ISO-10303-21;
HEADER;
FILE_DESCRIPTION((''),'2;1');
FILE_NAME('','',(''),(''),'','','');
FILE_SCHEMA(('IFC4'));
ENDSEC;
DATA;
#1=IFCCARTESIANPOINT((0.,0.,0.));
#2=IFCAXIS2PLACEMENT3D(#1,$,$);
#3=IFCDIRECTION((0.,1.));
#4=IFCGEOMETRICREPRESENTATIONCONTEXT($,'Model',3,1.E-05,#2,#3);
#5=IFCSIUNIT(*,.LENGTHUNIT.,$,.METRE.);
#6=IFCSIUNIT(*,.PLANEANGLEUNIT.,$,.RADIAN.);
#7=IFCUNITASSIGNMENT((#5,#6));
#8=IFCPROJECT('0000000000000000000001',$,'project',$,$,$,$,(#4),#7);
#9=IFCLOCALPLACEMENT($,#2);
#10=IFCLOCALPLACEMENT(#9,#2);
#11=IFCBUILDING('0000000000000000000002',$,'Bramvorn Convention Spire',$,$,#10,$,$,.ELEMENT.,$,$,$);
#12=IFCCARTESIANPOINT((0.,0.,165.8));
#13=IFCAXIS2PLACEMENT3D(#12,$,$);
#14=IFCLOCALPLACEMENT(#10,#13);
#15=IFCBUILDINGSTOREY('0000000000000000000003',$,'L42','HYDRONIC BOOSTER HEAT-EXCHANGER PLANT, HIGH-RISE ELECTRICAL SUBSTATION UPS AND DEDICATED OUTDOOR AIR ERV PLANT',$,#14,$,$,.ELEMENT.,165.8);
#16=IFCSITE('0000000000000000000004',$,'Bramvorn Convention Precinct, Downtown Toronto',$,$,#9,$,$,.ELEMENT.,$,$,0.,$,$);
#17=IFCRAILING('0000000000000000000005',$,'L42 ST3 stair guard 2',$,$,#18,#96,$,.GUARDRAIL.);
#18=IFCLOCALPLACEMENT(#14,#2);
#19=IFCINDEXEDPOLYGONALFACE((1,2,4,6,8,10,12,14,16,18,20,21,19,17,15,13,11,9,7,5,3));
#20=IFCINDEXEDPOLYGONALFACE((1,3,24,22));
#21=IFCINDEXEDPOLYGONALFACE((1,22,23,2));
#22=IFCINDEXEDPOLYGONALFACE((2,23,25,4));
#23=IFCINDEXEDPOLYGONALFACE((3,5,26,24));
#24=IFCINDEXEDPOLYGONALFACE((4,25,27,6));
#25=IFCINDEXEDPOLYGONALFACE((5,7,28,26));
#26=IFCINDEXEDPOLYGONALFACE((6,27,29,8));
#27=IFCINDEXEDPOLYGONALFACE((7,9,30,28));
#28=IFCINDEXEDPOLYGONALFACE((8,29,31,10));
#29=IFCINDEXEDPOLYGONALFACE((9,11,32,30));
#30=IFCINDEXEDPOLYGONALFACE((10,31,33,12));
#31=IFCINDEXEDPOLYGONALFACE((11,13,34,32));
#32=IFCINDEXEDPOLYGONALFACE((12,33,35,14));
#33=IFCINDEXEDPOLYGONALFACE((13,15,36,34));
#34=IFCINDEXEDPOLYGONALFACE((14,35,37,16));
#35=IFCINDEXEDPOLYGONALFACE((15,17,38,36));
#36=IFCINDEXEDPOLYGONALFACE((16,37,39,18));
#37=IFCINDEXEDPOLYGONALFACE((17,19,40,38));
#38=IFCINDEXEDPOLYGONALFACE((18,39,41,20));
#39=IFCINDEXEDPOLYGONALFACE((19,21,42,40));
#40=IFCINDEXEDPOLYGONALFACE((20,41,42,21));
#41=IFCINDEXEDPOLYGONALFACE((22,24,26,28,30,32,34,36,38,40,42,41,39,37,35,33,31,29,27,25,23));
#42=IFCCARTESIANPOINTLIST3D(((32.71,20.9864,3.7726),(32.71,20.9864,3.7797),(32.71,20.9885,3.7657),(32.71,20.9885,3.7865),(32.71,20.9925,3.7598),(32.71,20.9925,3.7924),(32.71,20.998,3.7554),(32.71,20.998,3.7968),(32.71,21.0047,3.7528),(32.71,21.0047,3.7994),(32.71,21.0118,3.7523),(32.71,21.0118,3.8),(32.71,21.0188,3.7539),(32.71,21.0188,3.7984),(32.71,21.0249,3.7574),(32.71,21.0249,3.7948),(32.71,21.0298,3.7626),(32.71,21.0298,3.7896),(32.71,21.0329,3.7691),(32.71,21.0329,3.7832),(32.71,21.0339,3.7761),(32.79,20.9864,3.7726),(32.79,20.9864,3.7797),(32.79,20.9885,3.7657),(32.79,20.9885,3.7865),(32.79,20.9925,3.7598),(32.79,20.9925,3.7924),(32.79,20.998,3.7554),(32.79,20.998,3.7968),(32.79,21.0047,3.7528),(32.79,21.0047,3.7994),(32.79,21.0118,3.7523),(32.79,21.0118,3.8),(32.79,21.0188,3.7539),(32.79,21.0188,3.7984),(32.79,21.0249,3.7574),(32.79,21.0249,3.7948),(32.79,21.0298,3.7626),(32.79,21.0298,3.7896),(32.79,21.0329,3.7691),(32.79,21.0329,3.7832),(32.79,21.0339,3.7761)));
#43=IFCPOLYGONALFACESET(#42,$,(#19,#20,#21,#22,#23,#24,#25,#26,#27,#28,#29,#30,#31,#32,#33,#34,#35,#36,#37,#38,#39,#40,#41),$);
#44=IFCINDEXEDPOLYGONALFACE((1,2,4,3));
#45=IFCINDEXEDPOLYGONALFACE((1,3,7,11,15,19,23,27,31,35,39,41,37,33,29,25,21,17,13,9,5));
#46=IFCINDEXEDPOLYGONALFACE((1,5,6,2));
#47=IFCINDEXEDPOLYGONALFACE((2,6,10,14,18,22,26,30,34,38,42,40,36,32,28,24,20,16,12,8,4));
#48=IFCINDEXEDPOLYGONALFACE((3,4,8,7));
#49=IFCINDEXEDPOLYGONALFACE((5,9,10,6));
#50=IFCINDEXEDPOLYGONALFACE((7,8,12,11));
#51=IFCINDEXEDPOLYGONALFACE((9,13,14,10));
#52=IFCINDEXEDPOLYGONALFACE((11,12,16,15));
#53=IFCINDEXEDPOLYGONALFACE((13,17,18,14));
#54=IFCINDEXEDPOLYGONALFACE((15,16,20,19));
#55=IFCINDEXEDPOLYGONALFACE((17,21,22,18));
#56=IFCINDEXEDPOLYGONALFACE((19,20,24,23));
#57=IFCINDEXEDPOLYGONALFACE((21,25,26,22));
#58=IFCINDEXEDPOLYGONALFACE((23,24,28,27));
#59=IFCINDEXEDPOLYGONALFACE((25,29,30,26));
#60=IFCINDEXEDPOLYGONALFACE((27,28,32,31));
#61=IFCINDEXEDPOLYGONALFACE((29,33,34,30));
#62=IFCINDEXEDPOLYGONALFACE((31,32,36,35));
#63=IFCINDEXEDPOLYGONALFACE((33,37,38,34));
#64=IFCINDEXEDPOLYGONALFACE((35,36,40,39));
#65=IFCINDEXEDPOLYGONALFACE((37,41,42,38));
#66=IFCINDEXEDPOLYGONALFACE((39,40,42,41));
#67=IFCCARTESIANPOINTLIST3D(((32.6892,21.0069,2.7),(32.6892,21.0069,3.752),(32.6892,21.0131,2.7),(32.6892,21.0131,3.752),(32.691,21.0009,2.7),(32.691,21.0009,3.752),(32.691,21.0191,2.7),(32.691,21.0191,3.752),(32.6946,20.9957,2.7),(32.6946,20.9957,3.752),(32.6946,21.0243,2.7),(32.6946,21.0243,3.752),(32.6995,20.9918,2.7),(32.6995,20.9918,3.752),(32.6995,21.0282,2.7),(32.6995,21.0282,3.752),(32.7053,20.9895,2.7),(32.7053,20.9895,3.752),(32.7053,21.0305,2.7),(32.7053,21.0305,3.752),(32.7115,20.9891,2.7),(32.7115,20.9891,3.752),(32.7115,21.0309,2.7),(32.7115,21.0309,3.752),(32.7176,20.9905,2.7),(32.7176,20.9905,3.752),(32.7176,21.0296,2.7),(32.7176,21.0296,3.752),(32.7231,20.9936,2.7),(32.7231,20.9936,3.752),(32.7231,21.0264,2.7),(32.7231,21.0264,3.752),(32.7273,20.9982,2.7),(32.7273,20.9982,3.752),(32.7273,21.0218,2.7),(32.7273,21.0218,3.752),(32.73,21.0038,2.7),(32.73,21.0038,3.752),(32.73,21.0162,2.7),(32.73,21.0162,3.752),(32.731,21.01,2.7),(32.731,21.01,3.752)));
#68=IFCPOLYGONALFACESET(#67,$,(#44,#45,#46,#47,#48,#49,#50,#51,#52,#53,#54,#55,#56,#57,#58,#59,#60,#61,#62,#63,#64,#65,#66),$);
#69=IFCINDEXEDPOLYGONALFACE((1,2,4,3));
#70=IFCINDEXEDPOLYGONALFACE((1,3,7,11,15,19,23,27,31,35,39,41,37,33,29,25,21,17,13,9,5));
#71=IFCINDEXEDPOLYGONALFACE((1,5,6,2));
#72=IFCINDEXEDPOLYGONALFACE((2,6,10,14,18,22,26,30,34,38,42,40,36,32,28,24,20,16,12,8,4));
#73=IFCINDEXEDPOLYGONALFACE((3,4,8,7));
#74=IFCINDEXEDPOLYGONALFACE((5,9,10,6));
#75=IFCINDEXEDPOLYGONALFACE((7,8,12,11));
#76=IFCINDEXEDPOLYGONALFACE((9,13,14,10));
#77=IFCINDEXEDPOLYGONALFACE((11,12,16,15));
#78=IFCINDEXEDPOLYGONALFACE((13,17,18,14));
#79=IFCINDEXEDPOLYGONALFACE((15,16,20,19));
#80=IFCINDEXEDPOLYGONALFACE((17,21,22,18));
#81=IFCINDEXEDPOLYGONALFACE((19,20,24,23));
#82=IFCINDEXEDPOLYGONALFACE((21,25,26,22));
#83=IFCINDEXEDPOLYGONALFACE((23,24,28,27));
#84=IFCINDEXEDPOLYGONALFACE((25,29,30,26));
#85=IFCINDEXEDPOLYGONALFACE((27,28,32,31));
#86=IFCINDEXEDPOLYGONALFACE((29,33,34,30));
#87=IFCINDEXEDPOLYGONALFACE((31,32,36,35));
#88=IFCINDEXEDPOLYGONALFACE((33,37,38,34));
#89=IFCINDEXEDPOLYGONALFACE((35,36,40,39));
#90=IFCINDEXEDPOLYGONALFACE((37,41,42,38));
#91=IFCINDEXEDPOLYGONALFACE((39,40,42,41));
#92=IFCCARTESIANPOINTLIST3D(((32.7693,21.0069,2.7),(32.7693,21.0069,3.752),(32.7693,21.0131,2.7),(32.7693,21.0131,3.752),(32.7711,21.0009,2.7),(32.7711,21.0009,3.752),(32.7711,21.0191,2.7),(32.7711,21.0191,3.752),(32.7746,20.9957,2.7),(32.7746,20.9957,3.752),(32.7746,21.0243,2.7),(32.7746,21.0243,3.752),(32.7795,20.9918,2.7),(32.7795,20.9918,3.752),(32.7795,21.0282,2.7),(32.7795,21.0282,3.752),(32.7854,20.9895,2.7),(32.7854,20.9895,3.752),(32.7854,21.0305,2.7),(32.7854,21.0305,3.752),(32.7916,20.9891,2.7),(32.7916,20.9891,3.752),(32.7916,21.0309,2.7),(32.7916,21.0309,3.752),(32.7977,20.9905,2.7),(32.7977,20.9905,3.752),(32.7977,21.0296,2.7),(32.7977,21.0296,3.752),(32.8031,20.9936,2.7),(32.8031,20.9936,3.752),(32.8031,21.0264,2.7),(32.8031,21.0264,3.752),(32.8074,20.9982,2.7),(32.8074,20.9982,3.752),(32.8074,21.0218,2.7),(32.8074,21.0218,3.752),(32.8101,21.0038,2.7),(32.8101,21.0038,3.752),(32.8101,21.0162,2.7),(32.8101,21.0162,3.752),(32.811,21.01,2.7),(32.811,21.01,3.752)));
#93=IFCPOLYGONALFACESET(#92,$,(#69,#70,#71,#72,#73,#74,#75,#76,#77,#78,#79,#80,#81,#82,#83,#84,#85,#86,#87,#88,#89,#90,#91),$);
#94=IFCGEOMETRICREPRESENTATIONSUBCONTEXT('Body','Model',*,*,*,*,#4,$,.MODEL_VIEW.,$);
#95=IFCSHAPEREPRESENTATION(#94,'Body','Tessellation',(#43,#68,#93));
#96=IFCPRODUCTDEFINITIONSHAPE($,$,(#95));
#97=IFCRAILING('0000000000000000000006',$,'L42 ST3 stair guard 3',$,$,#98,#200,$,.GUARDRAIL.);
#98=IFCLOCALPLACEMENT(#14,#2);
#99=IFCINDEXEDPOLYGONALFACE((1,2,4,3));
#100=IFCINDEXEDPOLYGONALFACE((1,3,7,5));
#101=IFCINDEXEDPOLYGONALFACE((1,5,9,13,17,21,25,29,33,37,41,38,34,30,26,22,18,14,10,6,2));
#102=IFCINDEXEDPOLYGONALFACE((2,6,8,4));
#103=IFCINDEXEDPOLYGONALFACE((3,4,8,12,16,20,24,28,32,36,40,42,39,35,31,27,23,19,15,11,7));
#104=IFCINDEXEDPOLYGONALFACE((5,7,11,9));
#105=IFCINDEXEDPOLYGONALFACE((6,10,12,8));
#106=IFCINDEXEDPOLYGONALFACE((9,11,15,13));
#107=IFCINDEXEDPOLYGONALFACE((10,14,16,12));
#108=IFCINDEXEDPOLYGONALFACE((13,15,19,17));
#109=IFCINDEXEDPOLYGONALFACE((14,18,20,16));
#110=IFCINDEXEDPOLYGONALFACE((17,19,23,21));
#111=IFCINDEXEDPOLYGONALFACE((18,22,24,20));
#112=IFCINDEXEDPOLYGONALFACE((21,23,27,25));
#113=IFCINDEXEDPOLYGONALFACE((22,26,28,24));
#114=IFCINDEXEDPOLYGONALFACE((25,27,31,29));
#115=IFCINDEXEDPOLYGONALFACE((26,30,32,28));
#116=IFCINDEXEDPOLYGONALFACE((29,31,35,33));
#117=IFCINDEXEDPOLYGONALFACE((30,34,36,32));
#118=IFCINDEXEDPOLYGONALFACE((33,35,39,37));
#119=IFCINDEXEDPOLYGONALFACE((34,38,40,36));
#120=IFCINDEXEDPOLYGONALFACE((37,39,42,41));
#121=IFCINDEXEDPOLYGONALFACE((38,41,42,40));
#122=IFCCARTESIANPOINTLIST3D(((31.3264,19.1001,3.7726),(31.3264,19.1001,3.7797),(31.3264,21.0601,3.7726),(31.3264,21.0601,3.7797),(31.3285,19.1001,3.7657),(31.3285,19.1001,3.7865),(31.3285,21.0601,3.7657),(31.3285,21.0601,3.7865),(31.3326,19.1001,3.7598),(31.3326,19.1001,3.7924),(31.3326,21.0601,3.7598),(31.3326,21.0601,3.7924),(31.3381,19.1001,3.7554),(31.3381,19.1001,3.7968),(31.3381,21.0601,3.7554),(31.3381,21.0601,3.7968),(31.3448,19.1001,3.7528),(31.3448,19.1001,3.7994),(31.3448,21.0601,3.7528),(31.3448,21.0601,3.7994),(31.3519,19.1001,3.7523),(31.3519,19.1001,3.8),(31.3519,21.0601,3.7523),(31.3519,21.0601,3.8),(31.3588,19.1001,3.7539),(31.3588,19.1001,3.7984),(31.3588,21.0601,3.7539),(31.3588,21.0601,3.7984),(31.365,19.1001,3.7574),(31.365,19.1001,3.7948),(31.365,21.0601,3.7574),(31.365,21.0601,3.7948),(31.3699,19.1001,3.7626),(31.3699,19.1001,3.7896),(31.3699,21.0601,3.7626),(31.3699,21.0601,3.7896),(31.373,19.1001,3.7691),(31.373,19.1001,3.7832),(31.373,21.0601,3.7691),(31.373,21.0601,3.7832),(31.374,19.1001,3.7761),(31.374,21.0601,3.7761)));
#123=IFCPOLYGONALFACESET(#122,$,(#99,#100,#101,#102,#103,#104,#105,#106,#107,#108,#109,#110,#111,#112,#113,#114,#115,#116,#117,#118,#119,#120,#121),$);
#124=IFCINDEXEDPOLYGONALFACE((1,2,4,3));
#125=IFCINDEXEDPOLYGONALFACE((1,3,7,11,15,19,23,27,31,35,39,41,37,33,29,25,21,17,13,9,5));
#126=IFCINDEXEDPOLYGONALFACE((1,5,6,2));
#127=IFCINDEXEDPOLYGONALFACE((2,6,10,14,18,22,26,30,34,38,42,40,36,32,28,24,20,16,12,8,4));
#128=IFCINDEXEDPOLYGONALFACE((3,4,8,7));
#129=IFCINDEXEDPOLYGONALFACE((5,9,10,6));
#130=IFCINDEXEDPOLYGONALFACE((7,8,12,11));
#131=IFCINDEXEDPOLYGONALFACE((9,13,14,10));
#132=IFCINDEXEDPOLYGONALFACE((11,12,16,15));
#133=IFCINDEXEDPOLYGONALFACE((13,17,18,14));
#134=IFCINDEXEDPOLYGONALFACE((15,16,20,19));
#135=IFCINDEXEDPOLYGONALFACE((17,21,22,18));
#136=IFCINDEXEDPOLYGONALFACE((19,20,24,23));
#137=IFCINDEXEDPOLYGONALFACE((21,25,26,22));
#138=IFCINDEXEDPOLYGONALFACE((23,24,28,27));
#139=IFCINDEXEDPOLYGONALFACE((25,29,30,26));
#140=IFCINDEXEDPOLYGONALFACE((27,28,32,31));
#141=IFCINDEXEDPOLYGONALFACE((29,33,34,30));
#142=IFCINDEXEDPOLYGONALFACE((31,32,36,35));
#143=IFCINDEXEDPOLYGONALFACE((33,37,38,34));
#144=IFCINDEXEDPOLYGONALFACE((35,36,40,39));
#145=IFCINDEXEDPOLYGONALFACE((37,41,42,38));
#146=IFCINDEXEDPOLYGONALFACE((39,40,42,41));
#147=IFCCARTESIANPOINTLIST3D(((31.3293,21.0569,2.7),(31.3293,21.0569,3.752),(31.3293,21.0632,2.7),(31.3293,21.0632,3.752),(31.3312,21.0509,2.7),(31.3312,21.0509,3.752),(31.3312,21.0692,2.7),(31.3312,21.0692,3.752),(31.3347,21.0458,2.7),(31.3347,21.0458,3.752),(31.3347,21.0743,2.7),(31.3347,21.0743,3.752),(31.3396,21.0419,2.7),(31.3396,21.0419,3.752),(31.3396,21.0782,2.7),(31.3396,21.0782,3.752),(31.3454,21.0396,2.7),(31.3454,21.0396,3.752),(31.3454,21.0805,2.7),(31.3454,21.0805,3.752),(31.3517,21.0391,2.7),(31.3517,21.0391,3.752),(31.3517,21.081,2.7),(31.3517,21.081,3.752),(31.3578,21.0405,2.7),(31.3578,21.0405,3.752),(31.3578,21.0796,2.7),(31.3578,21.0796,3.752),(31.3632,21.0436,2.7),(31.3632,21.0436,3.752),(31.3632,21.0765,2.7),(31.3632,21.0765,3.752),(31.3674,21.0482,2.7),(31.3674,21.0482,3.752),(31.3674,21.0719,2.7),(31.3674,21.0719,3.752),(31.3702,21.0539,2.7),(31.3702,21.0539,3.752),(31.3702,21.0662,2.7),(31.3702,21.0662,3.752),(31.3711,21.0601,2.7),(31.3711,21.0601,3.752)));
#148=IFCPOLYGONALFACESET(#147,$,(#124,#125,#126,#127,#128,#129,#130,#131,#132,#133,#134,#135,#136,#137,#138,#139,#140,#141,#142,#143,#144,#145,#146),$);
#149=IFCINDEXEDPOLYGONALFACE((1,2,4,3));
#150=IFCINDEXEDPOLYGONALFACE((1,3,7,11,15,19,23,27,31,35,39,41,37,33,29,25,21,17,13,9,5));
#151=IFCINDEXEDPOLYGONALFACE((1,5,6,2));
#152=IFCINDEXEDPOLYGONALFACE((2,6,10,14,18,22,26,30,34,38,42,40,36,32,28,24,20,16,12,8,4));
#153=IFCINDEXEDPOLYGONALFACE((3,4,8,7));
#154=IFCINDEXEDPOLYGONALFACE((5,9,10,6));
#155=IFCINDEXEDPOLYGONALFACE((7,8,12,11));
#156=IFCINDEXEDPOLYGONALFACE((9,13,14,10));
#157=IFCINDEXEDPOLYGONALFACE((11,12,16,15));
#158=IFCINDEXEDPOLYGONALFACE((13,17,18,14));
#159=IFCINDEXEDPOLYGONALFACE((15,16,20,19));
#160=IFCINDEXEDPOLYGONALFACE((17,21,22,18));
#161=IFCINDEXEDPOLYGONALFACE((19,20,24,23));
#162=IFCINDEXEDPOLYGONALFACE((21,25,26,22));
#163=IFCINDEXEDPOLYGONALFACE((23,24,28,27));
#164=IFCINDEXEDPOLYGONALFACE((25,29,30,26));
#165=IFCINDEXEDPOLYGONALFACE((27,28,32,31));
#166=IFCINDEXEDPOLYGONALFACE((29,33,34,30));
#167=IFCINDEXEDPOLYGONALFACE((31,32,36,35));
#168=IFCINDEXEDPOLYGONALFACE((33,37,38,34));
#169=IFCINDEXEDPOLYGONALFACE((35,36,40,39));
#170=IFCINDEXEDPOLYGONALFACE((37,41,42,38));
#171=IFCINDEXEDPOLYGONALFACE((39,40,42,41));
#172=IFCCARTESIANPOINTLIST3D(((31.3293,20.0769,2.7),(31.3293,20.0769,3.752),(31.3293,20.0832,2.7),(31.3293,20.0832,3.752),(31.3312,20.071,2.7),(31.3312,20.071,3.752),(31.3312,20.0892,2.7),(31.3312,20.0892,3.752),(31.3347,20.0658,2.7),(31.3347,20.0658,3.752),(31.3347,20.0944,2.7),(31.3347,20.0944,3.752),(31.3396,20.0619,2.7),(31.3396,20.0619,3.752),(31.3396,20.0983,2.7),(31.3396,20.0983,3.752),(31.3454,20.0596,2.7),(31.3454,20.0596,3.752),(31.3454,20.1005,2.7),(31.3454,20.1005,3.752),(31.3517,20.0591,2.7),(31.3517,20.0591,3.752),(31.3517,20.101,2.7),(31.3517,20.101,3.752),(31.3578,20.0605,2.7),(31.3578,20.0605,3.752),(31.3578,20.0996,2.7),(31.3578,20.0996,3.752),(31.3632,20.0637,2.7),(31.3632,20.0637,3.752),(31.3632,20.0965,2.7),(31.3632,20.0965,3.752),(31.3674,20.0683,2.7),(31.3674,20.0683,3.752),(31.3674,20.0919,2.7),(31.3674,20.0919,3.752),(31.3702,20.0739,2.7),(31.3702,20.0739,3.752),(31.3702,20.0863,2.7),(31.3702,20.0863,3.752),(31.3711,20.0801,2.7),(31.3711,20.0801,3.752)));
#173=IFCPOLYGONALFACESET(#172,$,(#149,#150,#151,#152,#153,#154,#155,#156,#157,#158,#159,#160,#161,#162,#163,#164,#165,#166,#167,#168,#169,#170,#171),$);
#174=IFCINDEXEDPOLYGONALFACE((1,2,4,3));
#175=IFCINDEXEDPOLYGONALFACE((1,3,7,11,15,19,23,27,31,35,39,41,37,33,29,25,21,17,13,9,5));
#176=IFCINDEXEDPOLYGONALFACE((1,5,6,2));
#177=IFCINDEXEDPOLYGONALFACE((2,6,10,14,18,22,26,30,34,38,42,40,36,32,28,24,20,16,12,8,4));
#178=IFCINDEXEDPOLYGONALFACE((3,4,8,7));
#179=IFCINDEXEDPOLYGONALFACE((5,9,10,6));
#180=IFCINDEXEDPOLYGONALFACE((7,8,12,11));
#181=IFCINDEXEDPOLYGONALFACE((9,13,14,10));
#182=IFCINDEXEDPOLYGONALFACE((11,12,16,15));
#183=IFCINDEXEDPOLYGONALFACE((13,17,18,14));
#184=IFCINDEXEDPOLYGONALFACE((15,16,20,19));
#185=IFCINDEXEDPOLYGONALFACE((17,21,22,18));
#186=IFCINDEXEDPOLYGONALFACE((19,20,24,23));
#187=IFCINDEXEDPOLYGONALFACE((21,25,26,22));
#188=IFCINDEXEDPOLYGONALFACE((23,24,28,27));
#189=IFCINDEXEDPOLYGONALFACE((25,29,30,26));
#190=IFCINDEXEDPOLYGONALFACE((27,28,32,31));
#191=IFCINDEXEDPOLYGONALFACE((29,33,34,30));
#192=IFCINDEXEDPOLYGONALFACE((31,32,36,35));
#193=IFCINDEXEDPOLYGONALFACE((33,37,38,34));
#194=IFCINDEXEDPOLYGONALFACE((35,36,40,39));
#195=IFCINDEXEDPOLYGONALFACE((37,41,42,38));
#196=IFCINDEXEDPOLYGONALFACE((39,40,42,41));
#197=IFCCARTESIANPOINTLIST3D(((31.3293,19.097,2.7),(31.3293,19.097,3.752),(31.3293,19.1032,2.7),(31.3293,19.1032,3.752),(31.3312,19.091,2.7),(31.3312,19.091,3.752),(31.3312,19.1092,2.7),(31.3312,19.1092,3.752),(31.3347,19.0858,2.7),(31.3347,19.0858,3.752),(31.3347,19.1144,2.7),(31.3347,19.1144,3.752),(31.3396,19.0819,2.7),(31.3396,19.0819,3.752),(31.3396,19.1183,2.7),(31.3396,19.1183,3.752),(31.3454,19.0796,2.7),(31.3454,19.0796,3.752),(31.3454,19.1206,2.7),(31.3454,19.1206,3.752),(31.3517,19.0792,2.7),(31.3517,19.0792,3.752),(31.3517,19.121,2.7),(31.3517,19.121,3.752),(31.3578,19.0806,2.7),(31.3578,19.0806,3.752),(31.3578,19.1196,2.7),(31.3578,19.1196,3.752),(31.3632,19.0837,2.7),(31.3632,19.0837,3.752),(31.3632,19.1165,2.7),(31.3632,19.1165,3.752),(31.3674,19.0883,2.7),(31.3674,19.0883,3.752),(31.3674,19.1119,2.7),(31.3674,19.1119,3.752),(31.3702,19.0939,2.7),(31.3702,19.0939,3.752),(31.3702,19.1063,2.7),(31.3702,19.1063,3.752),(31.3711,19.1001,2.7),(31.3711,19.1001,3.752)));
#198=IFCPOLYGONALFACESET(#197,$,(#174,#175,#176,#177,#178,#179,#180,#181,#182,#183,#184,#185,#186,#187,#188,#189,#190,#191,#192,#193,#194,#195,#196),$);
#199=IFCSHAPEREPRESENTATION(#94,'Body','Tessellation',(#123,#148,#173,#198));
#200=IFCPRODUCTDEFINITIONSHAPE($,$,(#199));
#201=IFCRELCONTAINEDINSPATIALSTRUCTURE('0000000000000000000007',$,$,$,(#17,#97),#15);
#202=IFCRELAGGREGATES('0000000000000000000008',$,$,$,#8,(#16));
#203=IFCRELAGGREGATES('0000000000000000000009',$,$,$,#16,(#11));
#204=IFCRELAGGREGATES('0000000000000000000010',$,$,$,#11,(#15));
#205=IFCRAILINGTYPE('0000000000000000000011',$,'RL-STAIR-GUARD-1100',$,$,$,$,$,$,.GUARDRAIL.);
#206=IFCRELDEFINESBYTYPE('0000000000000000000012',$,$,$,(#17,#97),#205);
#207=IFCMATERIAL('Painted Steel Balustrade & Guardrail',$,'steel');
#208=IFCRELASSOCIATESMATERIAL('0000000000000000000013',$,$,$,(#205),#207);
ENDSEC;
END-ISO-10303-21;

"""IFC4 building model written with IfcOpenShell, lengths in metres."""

from ifc_helpers import new_model, si_unit, direction, frame, origin, origin_2d, place, context, subcontext, project, spatial, circle, extrude, material, type_object, element, save


model = new_model("IFC4")

# Units and contexts
model_context = context("Model", 3, precision=1e-05, world=origin(), true_north=direction((0.0, 1.0)))
body_context = subcontext(model_context, "Body", "Model", "MODEL_VIEW")
ifc_project = project(units=[si_unit("LENGTHUNIT", "METRE"), si_unit("PLANEANGLEUNIT", "RADIAN")], contexts=[model_context])

# Site, building, storey
site_placement = place(None, origin())
site = spatial("IfcSite", under=ifc_project, at=site_placement, Name="Bramvorn Convention Precinct, Downtown Toronto", CompositionType="ELEMENT", RefElevation=0.0)
building_placement = place(site_placement, origin())
building = spatial("IfcBuilding", under=site, at=building_placement, Name="Bramvorn Convention Spire", CompositionType="ELEMENT")
storey_placement = place(building_placement, frame((0.0, 0.0, 165.8)))
storey = spatial("IfcBuildingStorey", under=building, at=storey_placement, Name="L42", Description="HYDRONIC BOOSTER HEAT-EXCHANGER PLANT, HIGH-RISE ELECTRICAL SUBSTATION UPS AND DEDICATED OUTDOOR AIR ERV PLANT", CompositionType="ELEMENT", Elevation=165.8)

# Railings
ifc_material_1 = material(Name="Painted Steel Balustrade & Guardrail", Category="steel")
railing_type_1 = type_object("IfcRailingType", Name="RL-STAIR-GUARD-1100", PredefinedType="GUARDRAIL", material=ifc_material_1)
railing_1_placement = place(storey_placement, frame((32.71, 21.01, 2.7)))
element("IfcRailing", 1, at=railing_1_placement, inside=storey, type_object=railing_type_1, Name="L42 ST3 stair guard 2", PredefinedType="GUARDRAIL", context=body_context, shape_type="SweptSolid", body=[
    extrude(circle(Radius=0.0239, at=origin_2d()), frame((0.0, 0.0, 1.0762), z_axis=(1.0, 0.0, 0.0), x_axis=(0.0, 1.0, 0.0)), (0.0, 0.0, 1.0), 0.0801),
    extrude(circle(Radius=0.021, at=origin_2d()), origin(), (0.0, 0.0, 1.0), 1.052),
    extrude(circle(Radius=0.021, at=origin_2d()), frame((0.0801, 0.0, 0.0)), (0.0, 0.0, 1.0), 1.052),
])
for number, where, name in (
    (2, (31.3501, 21.0601, 2.7), "L42 ST3 stair guard 3"),
):
    element("IfcRailing", number, at=place(storey_placement, frame(where)), inside=storey, type_object=railing_type_1, Name=name, PredefinedType="GUARDRAIL", context=body_context, shape_type="SweptSolid", body=[
        extrude(circle(Radius=0.0239, at=origin_2d()), frame((0.0, 0.0, 1.0762), z_axis=(0.0, -1.0, 0.0), x_axis=(1.0, 0.0, 0.0)), (0.0, 0.0, 1.0), 1.96),
        extrude(circle(Radius=0.021, at=origin_2d()), origin(), (0.0, 0.0, 1.0), 1.052),
        extrude(circle(Radius=0.021, at=origin_2d()), frame((0.0, -0.98, 0.0)), (0.0, 0.0, 1.0), 1.052),
        extrude(circle(Radius=0.021, at=origin_2d()), frame((0.0, -1.96, 0.0)), (0.0, 0.0, 1.0), 1.052),
    ])

save(model, "model.ifc")
